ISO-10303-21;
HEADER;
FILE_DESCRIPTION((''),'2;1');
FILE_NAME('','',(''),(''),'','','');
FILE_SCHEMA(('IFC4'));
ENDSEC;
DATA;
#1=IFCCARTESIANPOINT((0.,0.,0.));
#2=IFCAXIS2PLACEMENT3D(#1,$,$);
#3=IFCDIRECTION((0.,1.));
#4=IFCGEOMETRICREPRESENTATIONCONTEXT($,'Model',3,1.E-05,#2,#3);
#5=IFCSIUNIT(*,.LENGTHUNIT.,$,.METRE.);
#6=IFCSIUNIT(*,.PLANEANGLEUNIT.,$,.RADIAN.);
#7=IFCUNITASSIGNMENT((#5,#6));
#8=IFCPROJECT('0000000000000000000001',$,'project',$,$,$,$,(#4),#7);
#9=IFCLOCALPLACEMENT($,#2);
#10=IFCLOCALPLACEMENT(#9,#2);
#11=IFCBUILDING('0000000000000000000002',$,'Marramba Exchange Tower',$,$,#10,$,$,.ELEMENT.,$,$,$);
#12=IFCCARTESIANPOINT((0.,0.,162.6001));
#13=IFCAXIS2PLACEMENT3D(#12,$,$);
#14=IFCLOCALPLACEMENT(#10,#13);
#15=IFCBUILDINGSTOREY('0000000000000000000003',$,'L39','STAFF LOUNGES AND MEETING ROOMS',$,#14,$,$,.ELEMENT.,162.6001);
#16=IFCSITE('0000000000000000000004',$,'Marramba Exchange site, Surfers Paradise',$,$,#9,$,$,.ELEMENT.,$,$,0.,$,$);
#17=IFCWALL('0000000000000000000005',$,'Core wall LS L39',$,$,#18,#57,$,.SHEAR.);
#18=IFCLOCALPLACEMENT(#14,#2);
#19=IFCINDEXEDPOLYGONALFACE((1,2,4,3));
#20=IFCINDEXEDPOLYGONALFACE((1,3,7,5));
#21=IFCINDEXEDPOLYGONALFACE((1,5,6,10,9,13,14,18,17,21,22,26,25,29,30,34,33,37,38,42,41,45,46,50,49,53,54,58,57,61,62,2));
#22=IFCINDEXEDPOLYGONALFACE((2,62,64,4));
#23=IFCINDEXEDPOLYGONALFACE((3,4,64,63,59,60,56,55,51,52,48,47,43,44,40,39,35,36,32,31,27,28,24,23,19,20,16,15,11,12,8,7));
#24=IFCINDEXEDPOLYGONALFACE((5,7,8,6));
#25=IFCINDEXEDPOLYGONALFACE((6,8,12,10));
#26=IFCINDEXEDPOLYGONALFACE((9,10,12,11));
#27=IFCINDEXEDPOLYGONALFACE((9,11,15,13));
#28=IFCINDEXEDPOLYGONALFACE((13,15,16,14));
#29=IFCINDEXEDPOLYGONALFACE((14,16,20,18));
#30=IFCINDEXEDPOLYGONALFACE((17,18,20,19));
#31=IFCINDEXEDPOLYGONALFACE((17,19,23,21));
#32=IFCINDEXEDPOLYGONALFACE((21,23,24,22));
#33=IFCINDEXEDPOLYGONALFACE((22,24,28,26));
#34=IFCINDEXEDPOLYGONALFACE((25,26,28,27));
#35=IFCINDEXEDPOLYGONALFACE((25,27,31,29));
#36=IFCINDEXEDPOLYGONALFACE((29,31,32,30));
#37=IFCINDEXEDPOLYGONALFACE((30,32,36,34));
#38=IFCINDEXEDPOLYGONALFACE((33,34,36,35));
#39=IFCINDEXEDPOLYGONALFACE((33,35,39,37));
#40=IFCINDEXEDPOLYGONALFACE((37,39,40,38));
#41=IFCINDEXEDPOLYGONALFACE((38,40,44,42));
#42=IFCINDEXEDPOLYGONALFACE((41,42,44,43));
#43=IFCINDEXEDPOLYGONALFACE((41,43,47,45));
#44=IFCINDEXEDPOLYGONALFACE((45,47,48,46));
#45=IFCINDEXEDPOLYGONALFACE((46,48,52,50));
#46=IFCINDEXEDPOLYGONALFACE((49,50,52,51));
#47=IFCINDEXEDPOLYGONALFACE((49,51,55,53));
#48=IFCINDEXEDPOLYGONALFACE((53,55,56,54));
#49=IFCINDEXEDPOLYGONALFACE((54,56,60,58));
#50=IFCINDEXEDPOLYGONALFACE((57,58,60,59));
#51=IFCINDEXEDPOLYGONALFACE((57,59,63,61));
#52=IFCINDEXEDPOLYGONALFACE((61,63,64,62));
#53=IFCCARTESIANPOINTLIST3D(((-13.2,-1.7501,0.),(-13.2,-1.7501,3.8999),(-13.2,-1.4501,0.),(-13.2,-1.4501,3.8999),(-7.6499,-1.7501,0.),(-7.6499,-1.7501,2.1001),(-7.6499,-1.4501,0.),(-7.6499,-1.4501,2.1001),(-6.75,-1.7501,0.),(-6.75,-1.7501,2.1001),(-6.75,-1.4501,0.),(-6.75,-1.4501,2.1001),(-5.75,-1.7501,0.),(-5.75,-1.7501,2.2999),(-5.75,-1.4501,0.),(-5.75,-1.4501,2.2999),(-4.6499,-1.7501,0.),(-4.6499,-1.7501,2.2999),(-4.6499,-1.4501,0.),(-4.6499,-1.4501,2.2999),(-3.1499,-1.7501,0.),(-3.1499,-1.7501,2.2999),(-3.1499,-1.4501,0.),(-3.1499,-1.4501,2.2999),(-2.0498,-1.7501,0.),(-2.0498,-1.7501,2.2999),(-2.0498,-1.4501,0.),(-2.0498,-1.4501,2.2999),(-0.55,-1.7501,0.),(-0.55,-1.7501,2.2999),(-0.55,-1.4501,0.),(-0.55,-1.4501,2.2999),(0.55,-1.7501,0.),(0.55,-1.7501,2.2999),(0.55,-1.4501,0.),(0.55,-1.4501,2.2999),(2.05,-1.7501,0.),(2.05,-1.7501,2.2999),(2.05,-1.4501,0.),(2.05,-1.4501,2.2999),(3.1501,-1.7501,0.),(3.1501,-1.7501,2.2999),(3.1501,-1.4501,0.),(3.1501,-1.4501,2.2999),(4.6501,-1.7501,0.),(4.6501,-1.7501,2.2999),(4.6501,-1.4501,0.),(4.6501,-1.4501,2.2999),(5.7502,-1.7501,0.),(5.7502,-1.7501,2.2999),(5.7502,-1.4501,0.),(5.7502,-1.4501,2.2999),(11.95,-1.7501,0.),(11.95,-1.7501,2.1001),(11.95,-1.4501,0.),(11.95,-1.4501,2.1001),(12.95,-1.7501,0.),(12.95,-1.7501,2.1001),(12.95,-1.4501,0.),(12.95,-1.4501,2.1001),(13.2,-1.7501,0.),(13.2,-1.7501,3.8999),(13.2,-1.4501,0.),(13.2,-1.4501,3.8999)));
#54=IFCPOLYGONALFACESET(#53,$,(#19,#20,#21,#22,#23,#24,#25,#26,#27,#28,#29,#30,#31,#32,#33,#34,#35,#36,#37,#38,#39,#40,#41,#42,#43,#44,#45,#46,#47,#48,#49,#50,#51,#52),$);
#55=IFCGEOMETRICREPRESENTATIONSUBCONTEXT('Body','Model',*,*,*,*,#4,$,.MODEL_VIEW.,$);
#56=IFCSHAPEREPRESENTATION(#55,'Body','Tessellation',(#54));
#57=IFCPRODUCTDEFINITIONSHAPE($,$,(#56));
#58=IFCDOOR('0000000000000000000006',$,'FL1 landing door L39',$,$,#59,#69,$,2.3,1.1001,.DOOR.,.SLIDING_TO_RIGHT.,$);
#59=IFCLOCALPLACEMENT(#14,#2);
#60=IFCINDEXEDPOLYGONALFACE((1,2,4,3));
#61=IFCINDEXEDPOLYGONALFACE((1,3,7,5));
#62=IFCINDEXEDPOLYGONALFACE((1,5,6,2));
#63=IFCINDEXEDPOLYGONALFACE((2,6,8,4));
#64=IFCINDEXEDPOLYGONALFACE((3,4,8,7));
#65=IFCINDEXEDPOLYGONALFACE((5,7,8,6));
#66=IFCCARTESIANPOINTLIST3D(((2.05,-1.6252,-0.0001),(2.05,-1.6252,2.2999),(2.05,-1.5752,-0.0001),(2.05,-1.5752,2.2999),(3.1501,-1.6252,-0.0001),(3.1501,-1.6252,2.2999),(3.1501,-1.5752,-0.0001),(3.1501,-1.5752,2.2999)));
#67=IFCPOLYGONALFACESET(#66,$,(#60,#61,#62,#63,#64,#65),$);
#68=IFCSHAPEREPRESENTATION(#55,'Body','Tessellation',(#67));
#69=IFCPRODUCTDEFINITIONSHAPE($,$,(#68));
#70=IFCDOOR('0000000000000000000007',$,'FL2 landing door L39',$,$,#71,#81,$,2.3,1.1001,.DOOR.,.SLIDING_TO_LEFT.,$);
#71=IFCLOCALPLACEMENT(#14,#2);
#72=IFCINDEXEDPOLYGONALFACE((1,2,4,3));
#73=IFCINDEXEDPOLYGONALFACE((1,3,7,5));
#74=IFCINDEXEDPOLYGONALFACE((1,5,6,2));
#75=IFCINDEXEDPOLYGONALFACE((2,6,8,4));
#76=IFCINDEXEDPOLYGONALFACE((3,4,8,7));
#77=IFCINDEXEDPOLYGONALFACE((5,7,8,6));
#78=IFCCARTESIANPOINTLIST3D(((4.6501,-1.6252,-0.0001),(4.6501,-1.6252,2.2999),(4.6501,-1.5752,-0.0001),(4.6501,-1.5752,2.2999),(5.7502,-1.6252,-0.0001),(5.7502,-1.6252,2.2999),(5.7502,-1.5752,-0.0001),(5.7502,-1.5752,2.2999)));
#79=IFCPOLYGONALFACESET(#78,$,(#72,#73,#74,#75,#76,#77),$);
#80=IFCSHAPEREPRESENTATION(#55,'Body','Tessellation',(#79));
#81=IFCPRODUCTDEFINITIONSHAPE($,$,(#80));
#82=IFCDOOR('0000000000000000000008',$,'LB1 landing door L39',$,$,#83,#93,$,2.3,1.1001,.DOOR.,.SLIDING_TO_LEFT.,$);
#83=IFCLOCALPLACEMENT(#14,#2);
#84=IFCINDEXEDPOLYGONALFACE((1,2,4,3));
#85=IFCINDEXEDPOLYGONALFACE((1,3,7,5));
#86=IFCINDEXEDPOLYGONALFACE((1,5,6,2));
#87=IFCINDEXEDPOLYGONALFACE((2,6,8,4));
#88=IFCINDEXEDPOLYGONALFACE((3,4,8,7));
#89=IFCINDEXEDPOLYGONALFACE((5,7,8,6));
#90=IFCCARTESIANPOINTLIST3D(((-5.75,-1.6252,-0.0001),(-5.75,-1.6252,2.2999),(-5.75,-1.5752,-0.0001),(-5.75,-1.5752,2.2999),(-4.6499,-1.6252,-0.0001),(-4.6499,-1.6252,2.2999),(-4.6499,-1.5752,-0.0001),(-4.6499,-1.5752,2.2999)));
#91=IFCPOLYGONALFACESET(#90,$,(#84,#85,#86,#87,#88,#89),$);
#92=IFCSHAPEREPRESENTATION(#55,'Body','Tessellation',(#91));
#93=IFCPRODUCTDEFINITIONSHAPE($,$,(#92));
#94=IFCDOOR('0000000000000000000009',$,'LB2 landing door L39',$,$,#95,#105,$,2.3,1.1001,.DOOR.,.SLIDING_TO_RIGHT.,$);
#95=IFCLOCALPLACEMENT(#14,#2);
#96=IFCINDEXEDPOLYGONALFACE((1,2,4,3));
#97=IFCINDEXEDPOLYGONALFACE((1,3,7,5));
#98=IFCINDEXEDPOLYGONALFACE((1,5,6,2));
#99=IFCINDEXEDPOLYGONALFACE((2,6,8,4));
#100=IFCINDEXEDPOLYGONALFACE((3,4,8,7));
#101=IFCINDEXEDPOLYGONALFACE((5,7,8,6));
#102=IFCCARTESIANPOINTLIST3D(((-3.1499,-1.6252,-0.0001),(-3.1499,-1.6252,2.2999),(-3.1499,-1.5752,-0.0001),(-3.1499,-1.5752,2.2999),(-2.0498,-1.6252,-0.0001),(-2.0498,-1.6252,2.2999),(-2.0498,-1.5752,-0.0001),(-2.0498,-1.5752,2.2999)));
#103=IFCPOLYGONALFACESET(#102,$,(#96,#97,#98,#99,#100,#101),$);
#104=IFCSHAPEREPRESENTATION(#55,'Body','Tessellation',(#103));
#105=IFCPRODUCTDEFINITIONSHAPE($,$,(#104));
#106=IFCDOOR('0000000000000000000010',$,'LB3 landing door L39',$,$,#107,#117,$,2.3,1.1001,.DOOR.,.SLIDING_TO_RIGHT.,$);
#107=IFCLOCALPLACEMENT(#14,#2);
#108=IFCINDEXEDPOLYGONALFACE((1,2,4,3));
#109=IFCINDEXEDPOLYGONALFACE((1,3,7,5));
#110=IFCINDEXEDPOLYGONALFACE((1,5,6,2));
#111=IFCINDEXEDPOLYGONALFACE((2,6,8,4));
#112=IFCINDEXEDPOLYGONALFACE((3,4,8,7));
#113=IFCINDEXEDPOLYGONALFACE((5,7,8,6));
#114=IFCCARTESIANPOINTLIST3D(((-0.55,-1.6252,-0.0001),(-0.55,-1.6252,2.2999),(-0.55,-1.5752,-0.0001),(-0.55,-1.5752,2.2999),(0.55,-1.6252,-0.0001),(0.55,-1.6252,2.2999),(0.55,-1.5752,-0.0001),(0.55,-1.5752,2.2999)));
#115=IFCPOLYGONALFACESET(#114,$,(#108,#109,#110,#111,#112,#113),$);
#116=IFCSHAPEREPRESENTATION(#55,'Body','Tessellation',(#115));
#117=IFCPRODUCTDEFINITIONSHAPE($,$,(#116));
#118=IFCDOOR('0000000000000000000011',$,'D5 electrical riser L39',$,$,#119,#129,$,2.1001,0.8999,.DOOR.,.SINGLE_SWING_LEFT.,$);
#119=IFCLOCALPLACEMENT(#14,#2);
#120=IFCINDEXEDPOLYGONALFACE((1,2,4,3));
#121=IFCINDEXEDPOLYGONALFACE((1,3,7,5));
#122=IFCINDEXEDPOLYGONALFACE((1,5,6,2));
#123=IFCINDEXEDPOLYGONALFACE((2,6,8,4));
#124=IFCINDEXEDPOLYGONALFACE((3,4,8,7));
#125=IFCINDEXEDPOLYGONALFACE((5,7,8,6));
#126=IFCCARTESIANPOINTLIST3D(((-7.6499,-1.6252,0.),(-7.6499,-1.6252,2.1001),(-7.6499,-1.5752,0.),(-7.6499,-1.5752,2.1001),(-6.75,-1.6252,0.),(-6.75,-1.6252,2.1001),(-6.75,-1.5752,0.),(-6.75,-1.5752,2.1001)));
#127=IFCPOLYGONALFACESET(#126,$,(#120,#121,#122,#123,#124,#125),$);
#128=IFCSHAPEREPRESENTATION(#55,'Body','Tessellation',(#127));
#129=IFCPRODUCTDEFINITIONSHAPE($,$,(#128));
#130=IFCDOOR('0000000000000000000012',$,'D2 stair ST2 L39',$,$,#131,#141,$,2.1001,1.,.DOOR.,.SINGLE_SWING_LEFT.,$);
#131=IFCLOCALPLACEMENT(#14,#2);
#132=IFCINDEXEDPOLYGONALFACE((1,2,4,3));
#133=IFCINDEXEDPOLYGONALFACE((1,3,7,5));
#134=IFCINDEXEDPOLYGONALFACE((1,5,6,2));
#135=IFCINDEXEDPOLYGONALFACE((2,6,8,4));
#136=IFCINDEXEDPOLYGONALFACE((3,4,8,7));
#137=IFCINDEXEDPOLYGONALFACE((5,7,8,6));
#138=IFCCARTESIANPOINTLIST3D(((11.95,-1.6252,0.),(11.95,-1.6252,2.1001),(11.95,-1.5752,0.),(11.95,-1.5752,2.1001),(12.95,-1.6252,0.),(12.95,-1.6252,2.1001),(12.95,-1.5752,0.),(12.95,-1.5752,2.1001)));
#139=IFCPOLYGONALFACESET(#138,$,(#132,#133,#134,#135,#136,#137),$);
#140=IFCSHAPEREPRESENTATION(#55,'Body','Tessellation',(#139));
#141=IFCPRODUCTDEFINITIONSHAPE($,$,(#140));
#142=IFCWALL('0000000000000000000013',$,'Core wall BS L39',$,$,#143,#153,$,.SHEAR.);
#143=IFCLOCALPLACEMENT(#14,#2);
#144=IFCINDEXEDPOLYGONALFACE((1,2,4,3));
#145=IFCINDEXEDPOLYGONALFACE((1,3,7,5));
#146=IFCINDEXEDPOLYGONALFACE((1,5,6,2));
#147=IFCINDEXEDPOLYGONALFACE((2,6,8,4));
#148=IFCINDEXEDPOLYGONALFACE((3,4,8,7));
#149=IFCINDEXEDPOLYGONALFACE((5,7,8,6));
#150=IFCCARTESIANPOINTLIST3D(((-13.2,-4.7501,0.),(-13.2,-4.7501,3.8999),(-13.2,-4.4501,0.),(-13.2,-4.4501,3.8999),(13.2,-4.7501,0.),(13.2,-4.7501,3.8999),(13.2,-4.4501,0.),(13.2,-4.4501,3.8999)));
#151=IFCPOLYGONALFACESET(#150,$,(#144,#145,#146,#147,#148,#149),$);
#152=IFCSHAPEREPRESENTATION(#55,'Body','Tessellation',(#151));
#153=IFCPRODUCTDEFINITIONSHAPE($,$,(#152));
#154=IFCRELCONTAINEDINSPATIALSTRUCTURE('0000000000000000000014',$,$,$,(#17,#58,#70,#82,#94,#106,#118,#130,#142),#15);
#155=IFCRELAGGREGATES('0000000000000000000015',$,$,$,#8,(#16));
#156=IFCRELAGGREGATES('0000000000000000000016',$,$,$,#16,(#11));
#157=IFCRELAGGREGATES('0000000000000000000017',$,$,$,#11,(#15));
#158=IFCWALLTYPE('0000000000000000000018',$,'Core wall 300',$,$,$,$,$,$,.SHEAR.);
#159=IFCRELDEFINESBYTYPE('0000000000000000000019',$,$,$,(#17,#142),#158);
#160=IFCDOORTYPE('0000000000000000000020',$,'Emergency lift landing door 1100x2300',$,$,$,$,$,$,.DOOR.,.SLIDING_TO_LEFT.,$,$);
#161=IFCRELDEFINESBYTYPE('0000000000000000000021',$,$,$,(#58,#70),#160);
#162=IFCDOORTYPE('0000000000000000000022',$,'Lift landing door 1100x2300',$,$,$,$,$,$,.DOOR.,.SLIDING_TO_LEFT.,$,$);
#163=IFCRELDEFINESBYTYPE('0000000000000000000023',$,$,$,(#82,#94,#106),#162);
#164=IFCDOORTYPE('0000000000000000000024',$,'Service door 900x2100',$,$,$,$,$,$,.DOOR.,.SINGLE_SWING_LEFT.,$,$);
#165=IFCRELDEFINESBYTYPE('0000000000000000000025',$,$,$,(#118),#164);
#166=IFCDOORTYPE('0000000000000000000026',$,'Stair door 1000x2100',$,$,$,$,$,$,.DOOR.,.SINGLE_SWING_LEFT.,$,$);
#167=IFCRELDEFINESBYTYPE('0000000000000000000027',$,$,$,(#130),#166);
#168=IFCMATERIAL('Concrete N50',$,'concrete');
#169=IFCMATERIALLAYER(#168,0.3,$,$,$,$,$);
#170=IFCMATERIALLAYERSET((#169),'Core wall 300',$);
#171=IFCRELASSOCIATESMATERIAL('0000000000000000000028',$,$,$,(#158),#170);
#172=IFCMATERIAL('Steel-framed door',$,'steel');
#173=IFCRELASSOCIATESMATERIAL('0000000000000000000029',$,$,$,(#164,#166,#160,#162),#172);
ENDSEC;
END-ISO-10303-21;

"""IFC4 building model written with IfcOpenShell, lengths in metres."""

from ifc_helpers import new_model, si_unit, direction, frame, frame_2d, origin, place, context, subcontext, project, spatial, rectangle, extrude, material, layer, layer_set, type_object, element, fill, save


model = new_model("IFC4")

# Units and contexts
model_context = context("Model", 3, precision=1e-05, world=origin(), true_north=direction((0.0, 1.0)))
body_context = subcontext(model_context, "Body", "Model", "MODEL_VIEW")
ifc_project = project(units=[si_unit("LENGTHUNIT", "METRE"), si_unit("PLANEANGLEUNIT", "RADIAN")], contexts=[model_context])

# Site, building, storey
site_placement = place(None, origin())
site = spatial("IfcSite", under=ifc_project, at=site_placement, Name="Marramba Exchange site, Surfers Paradise", CompositionType="ELEMENT", RefElevation=0.0)
building_placement = place(site_placement, origin())
building = spatial("IfcBuilding", under=site, at=building_placement, Name="Marramba Exchange Tower", CompositionType="ELEMENT")
storey_placement = place(building_placement, frame((0.0, 0.0, 162.6001)))
storey = spatial("IfcBuildingStorey", under=building, at=storey_placement, Name="L39", Description="STAFF LOUNGES AND MEETING ROOMS", CompositionType="ELEMENT", Elevation=162.6001)

# Wall, openings, doors
ifc_material_1 = material(Name="Concrete N50", Category="concrete")
ifc_layer_1 = layer(ifc_material_1, 0.3)
ifc_layer_set_1 = layer_set([ifc_layer_1], Name="Core wall 300")
wall_type_1 = type_object("IfcWallType", Name="Core wall 300", PredefinedType="SHEAR", material=ifc_layer_set_1)
ifc_material_2 = material(Name="Steel-framed door", Category="steel")
door_type_1 = type_object("IfcDoorType", Name="Service door 900x2100", OperationType="SINGLE_SWING_LEFT", PredefinedType="DOOR", material=ifc_material_2)
door_type_2 = type_object("IfcDoorType", Name="Stair door 1000x2100", OperationType="SINGLE_SWING_LEFT", PredefinedType="DOOR", material=ifc_material_2)
wall_1_placement = place(storey_placement, frame((-13.2, -1.6001, 0.0), z_axis=(0.0, 0.0, 1.0), x_axis=(1.0, 0.0, 0.0)))
wall_1 = element("IfcWall", 1, at=wall_1_placement, inside=storey, type_object=wall_type_1, Name="Core wall LS L39", PredefinedType="SHEAR", context=body_context, shape_type="SweptSolid", body=[
    extrude(rectangle(XDim=26.3999, YDim=0.3, at=frame_2d((13.2, 0.0))), origin(), (0.0, 0.0, 1.0), 3.8999),
])
opening_1_placement = place(wall_1_placement, frame((25.1499, 0.0, 0.0)))
opening_1 = element("IfcOpeningElement", 2, at=opening_1_placement, cuts=wall_1, PredefinedType="OPENING", context=body_context, shape_type="SweptSolid", body=[
    extrude(rectangle(XDim=1.0, YDim=2.1001, at=frame_2d((0.5, 1.05))), frame((0.0, 0.1599, 0.0), z_axis=(0.0, -1.0, 0.0), x_axis=(1.0, 0.0, 0.0)), (0.0, 0.0, 1.0), 0.3201),
])
opening_2_placement = place(wall_1_placement, frame((7.45, 0.0, 0.0)))
opening_2 = element("IfcOpeningElement", 3, at=opening_2_placement, cuts=wall_1, PredefinedType="OPENING", context=body_context, shape_type="SweptSolid", body=[
    extrude(rectangle(XDim=1.1001, YDim=2.3, at=frame_2d((0.55, 1.1499))), frame((0.0, 0.1599, 0.0), z_axis=(0.0, -1.0, 0.0), x_axis=(1.0, 0.0, 0.0)), (0.0, 0.0, 1.0), 0.3201),
])
opening_3_placement = place(wall_1_placement, frame((10.05, 0.0, 0.0)))
opening_3 = element("IfcOpeningElement", 4, at=opening_3_placement, cuts=wall_1, PredefinedType="OPENING", context=body_context, shape_type="SweptSolid", body=[
    extrude(rectangle(XDim=1.1001, YDim=2.3, at=frame_2d((0.55, 1.1499))), frame((0.0, 0.1599, 0.0), z_axis=(0.0, -1.0, 0.0), x_axis=(1.0, 0.0, 0.0)), (0.0, 0.0, 1.0), 0.3201),
])
opening_4_placement = place(wall_1_placement, frame((12.6499, 0.0, 0.0)))
opening_4 = element("IfcOpeningElement", 5, at=opening_4_placement, cuts=wall_1, PredefinedType="OPENING", context=body_context, shape_type="SweptSolid", body=[
    extrude(rectangle(XDim=1.1001, YDim=2.3, at=frame_2d((0.55, 1.1499))), frame((0.0, 0.1599, 0.0), z_axis=(0.0, -1.0, 0.0), x_axis=(1.0, 0.0, 0.0)), (0.0, 0.0, 1.0), 0.3201),
])
opening_5_placement = place(wall_1_placement, frame((15.25, 0.0, 0.0)))
opening_5 = element("IfcOpeningElement", 6, at=opening_5_placement, cuts=wall_1, PredefinedType="OPENING", context=body_context, shape_type="SweptSolid", body=[
    extrude(rectangle(XDim=1.1001, YDim=2.3, at=frame_2d((0.55, 1.1499))), frame((0.0, 0.1599, 0.0), z_axis=(0.0, -1.0, 0.0), x_axis=(1.0, 0.0, 0.0)), (0.0, 0.0, 1.0), 0.3201),
])
opening_6_placement = place(wall_1_placement, frame((17.8501, 0.0, 0.0)))
opening_6 = element("IfcOpeningElement", 7, at=opening_6_placement, cuts=wall_1, PredefinedType="OPENING", context=body_context, shape_type="SweptSolid", body=[
    extrude(rectangle(XDim=1.1001, YDim=2.3, at=frame_2d((0.55, 1.1499))), frame((0.0, 0.1599, 0.0), z_axis=(0.0, -1.0, 0.0), x_axis=(1.0, 0.0, 0.0)), (0.0, 0.0, 1.0), 0.3201),
])
opening_7_placement = place(wall_1_placement, frame((5.55, 0.0, 0.0)))
opening_7 = element("IfcOpeningElement", 8, at=opening_7_placement, cuts=wall_1, PredefinedType="OPENING", context=body_context, shape_type="SweptSolid", body=[
    extrude(rectangle(XDim=0.8999, YDim=2.1001, at=frame_2d((0.45, 1.05))), frame((0.0, 0.1599, 0.0), z_axis=(0.0, -1.0, 0.0), x_axis=(1.0, 0.0, 0.0)), (0.0, 0.0, 1.0), 0.3201),
])
door_type_3 = type_object("IfcDoorType", Name="Emergency lift landing door 1100x2300", OperationType="SLIDING_TO_LEFT", PredefinedType="DOOR", material=ifc_material_2)
door_1_placement = place(opening_5_placement, frame((1.1001, 0.0, 0.0), z_axis=(0.0, 0.0, 1.0), x_axis=(-1.0, 0.0, 0.0)))
door_1 = element("IfcDoor", 9, at=door_1_placement, inside=storey, type_object=door_type_3, Name="FL1 landing door L39", OperationType="SLIDING_TO_RIGHT", OverallHeight=2.3, OverallWidth=1.1001, PredefinedType="DOOR", context=body_context, shape_type="SweptSolid", body=[
    extrude(rectangle(XDim=1.1001, YDim=2.3, at=frame_2d((0.55, 1.1499))), frame((0.0, 0.0251, 0.0), z_axis=(0.0, -1.0, 0.0), x_axis=(1.0, 0.0, 0.0)), (0.0, 0.0, 1.0), 0.05),
])
fill(opening_5, door_1)
door_2_placement = place(opening_6_placement, frame((1.1001, 0.0, 0.0), z_axis=(0.0, 0.0, 1.0), x_axis=(-1.0, 0.0, 0.0)))
door_2 = element("IfcDoor", 10, at=door_2_placement, inside=storey, type_object=door_type_3, Name="FL2 landing door L39", OperationType="SLIDING_TO_LEFT", OverallHeight=2.3, OverallWidth=1.1001, PredefinedType="DOOR", context=body_context, shape_type="SweptSolid", body=[
    extrude(rectangle(XDim=1.1001, YDim=2.3, at=frame_2d((0.55, 1.1499))), frame((0.0, 0.0251, 0.0), z_axis=(0.0, -1.0, 0.0), x_axis=(1.0, 0.0, 0.0)), (0.0, 0.0, 1.0), 0.05),
])
fill(opening_6, door_2)
door_type_4 = type_object("IfcDoorType", Name="Lift landing door 1100x2300", OperationType="SLIDING_TO_LEFT", PredefinedType="DOOR", material=ifc_material_2)
door_3_placement = place(opening_2_placement, frame((1.1001, 0.0, 0.0), z_axis=(0.0, 0.0, 1.0), x_axis=(-1.0, 0.0, 0.0)))
door_3 = element("IfcDoor", 11, at=door_3_placement, inside=storey, type_object=door_type_4, Name="LB1 landing door L39", OperationType="SLIDING_TO_LEFT", OverallHeight=2.3, OverallWidth=1.1001, PredefinedType="DOOR", context=body_context, shape_type="SweptSolid", body=[
    extrude(rectangle(XDim=1.1001, YDim=2.3, at=frame_2d((0.55, 1.1499))), frame((0.0, 0.0251, 0.0), z_axis=(0.0, -1.0, 0.0), x_axis=(1.0, 0.0, 0.0)), (0.0, 0.0, 1.0), 0.05),
])
fill(opening_2, door_3)
door_4_placement = place(opening_3_placement, frame((1.1001, 0.0, 0.0), z_axis=(0.0, 0.0, 1.0), x_axis=(-1.0, 0.0, 0.0)))
door_4 = element("IfcDoor", 12, at=door_4_placement, inside=storey, type_object=door_type_4, Name="LB2 landing door L39", OperationType="SLIDING_TO_RIGHT", OverallHeight=2.3, OverallWidth=1.1001, PredefinedType="DOOR", context=body_context, shape_type="SweptSolid", body=[
    extrude(rectangle(XDim=1.1001, YDim=2.3, at=frame_2d((0.55, 1.1499))), frame((0.0, 0.0251, 0.0), z_axis=(0.0, -1.0, 0.0), x_axis=(1.0, 0.0, 0.0)), (0.0, 0.0, 1.0), 0.05),
])
fill(opening_3, door_4)
door_5_placement = place(opening_4_placement, frame((1.1001, 0.0, 0.0), z_axis=(0.0, 0.0, 1.0), x_axis=(-1.0, 0.0, 0.0)))
door_5 = element("IfcDoor", 13, at=door_5_placement, inside=storey, type_object=door_type_4, Name="LB3 landing door L39", OperationType="SLIDING_TO_RIGHT", OverallHeight=2.3, OverallWidth=1.1001, PredefinedType="DOOR", context=body_context, shape_type="SweptSolid", body=[
    extrude(rectangle(XDim=1.1001, YDim=2.3, at=frame_2d((0.55, 1.1499))), frame((0.0, 0.0251, 0.0), z_axis=(0.0, -1.0, 0.0), x_axis=(1.0, 0.0, 0.0)), (0.0, 0.0, 1.0), 0.05),
])
fill(opening_4, door_5)
door_6_placement = place(opening_7_placement, frame((0.8999, 0.0, 0.0), z_axis=(0.0, 0.0, 1.0), x_axis=(-1.0, 0.0, 0.0)))
door_6 = element("IfcDoor", 14, at=door_6_placement, inside=storey, type_object=door_type_1, Name="D5 electrical riser L39", OperationType="SINGLE_SWING_LEFT", OverallHeight=2.1001, OverallWidth=0.8999, PredefinedType="DOOR", context=body_context, shape_type="SweptSolid", body=[
    extrude(rectangle(XDim=0.8999, YDim=2.1001, at=frame_2d((0.45, 1.05))), frame((0.0, 0.0251, 0.0), z_axis=(0.0, -1.0, 0.0), x_axis=(1.0, 0.0, 0.0)), (0.0, 0.0, 1.0), 0.05),
])
fill(opening_7, door_6)
door_7_placement = place(opening_1_placement, frame((1.0, 0.0, 0.0), z_axis=(0.0, 0.0, 1.0), x_axis=(-1.0, 0.0, 0.0)))
door_7 = element("IfcDoor", 15, at=door_7_placement, inside=storey, type_object=door_type_2, Name="D2 stair ST2 L39", OperationType="SINGLE_SWING_LEFT", OverallHeight=2.1001, OverallWidth=1.0, PredefinedType="DOOR", context=body_context, shape_type="SweptSolid", body=[
    extrude(rectangle(XDim=1.0, YDim=2.1001, at=frame_2d((0.5, 1.05))), frame((0.0, 0.0251, 0.0), z_axis=(0.0, -1.0, 0.0), x_axis=(1.0, 0.0, 0.0)), (0.0, 0.0, 1.0), 0.05),
])
fill(opening_1, door_7)

# Wall
wall_2_placement = place(storey_placement, frame((-13.2, -4.6001, 0.0), z_axis=(0.0, 0.0, 1.0), x_axis=(1.0, 0.0, 0.0)))
element("IfcWall", 16, at=wall_2_placement, inside=storey, type_object=wall_type_1, Name="Core wall BS L39", PredefinedType="SHEAR", context=body_context, shape_type="SweptSolid", body=[
    extrude(rectangle(XDim=26.3999, YDim=0.3, at=frame_2d((13.2, 0.0))), origin(), (0.0, 0.0, 1.0), 3.8999),
])

save(model, "model.ifc")
